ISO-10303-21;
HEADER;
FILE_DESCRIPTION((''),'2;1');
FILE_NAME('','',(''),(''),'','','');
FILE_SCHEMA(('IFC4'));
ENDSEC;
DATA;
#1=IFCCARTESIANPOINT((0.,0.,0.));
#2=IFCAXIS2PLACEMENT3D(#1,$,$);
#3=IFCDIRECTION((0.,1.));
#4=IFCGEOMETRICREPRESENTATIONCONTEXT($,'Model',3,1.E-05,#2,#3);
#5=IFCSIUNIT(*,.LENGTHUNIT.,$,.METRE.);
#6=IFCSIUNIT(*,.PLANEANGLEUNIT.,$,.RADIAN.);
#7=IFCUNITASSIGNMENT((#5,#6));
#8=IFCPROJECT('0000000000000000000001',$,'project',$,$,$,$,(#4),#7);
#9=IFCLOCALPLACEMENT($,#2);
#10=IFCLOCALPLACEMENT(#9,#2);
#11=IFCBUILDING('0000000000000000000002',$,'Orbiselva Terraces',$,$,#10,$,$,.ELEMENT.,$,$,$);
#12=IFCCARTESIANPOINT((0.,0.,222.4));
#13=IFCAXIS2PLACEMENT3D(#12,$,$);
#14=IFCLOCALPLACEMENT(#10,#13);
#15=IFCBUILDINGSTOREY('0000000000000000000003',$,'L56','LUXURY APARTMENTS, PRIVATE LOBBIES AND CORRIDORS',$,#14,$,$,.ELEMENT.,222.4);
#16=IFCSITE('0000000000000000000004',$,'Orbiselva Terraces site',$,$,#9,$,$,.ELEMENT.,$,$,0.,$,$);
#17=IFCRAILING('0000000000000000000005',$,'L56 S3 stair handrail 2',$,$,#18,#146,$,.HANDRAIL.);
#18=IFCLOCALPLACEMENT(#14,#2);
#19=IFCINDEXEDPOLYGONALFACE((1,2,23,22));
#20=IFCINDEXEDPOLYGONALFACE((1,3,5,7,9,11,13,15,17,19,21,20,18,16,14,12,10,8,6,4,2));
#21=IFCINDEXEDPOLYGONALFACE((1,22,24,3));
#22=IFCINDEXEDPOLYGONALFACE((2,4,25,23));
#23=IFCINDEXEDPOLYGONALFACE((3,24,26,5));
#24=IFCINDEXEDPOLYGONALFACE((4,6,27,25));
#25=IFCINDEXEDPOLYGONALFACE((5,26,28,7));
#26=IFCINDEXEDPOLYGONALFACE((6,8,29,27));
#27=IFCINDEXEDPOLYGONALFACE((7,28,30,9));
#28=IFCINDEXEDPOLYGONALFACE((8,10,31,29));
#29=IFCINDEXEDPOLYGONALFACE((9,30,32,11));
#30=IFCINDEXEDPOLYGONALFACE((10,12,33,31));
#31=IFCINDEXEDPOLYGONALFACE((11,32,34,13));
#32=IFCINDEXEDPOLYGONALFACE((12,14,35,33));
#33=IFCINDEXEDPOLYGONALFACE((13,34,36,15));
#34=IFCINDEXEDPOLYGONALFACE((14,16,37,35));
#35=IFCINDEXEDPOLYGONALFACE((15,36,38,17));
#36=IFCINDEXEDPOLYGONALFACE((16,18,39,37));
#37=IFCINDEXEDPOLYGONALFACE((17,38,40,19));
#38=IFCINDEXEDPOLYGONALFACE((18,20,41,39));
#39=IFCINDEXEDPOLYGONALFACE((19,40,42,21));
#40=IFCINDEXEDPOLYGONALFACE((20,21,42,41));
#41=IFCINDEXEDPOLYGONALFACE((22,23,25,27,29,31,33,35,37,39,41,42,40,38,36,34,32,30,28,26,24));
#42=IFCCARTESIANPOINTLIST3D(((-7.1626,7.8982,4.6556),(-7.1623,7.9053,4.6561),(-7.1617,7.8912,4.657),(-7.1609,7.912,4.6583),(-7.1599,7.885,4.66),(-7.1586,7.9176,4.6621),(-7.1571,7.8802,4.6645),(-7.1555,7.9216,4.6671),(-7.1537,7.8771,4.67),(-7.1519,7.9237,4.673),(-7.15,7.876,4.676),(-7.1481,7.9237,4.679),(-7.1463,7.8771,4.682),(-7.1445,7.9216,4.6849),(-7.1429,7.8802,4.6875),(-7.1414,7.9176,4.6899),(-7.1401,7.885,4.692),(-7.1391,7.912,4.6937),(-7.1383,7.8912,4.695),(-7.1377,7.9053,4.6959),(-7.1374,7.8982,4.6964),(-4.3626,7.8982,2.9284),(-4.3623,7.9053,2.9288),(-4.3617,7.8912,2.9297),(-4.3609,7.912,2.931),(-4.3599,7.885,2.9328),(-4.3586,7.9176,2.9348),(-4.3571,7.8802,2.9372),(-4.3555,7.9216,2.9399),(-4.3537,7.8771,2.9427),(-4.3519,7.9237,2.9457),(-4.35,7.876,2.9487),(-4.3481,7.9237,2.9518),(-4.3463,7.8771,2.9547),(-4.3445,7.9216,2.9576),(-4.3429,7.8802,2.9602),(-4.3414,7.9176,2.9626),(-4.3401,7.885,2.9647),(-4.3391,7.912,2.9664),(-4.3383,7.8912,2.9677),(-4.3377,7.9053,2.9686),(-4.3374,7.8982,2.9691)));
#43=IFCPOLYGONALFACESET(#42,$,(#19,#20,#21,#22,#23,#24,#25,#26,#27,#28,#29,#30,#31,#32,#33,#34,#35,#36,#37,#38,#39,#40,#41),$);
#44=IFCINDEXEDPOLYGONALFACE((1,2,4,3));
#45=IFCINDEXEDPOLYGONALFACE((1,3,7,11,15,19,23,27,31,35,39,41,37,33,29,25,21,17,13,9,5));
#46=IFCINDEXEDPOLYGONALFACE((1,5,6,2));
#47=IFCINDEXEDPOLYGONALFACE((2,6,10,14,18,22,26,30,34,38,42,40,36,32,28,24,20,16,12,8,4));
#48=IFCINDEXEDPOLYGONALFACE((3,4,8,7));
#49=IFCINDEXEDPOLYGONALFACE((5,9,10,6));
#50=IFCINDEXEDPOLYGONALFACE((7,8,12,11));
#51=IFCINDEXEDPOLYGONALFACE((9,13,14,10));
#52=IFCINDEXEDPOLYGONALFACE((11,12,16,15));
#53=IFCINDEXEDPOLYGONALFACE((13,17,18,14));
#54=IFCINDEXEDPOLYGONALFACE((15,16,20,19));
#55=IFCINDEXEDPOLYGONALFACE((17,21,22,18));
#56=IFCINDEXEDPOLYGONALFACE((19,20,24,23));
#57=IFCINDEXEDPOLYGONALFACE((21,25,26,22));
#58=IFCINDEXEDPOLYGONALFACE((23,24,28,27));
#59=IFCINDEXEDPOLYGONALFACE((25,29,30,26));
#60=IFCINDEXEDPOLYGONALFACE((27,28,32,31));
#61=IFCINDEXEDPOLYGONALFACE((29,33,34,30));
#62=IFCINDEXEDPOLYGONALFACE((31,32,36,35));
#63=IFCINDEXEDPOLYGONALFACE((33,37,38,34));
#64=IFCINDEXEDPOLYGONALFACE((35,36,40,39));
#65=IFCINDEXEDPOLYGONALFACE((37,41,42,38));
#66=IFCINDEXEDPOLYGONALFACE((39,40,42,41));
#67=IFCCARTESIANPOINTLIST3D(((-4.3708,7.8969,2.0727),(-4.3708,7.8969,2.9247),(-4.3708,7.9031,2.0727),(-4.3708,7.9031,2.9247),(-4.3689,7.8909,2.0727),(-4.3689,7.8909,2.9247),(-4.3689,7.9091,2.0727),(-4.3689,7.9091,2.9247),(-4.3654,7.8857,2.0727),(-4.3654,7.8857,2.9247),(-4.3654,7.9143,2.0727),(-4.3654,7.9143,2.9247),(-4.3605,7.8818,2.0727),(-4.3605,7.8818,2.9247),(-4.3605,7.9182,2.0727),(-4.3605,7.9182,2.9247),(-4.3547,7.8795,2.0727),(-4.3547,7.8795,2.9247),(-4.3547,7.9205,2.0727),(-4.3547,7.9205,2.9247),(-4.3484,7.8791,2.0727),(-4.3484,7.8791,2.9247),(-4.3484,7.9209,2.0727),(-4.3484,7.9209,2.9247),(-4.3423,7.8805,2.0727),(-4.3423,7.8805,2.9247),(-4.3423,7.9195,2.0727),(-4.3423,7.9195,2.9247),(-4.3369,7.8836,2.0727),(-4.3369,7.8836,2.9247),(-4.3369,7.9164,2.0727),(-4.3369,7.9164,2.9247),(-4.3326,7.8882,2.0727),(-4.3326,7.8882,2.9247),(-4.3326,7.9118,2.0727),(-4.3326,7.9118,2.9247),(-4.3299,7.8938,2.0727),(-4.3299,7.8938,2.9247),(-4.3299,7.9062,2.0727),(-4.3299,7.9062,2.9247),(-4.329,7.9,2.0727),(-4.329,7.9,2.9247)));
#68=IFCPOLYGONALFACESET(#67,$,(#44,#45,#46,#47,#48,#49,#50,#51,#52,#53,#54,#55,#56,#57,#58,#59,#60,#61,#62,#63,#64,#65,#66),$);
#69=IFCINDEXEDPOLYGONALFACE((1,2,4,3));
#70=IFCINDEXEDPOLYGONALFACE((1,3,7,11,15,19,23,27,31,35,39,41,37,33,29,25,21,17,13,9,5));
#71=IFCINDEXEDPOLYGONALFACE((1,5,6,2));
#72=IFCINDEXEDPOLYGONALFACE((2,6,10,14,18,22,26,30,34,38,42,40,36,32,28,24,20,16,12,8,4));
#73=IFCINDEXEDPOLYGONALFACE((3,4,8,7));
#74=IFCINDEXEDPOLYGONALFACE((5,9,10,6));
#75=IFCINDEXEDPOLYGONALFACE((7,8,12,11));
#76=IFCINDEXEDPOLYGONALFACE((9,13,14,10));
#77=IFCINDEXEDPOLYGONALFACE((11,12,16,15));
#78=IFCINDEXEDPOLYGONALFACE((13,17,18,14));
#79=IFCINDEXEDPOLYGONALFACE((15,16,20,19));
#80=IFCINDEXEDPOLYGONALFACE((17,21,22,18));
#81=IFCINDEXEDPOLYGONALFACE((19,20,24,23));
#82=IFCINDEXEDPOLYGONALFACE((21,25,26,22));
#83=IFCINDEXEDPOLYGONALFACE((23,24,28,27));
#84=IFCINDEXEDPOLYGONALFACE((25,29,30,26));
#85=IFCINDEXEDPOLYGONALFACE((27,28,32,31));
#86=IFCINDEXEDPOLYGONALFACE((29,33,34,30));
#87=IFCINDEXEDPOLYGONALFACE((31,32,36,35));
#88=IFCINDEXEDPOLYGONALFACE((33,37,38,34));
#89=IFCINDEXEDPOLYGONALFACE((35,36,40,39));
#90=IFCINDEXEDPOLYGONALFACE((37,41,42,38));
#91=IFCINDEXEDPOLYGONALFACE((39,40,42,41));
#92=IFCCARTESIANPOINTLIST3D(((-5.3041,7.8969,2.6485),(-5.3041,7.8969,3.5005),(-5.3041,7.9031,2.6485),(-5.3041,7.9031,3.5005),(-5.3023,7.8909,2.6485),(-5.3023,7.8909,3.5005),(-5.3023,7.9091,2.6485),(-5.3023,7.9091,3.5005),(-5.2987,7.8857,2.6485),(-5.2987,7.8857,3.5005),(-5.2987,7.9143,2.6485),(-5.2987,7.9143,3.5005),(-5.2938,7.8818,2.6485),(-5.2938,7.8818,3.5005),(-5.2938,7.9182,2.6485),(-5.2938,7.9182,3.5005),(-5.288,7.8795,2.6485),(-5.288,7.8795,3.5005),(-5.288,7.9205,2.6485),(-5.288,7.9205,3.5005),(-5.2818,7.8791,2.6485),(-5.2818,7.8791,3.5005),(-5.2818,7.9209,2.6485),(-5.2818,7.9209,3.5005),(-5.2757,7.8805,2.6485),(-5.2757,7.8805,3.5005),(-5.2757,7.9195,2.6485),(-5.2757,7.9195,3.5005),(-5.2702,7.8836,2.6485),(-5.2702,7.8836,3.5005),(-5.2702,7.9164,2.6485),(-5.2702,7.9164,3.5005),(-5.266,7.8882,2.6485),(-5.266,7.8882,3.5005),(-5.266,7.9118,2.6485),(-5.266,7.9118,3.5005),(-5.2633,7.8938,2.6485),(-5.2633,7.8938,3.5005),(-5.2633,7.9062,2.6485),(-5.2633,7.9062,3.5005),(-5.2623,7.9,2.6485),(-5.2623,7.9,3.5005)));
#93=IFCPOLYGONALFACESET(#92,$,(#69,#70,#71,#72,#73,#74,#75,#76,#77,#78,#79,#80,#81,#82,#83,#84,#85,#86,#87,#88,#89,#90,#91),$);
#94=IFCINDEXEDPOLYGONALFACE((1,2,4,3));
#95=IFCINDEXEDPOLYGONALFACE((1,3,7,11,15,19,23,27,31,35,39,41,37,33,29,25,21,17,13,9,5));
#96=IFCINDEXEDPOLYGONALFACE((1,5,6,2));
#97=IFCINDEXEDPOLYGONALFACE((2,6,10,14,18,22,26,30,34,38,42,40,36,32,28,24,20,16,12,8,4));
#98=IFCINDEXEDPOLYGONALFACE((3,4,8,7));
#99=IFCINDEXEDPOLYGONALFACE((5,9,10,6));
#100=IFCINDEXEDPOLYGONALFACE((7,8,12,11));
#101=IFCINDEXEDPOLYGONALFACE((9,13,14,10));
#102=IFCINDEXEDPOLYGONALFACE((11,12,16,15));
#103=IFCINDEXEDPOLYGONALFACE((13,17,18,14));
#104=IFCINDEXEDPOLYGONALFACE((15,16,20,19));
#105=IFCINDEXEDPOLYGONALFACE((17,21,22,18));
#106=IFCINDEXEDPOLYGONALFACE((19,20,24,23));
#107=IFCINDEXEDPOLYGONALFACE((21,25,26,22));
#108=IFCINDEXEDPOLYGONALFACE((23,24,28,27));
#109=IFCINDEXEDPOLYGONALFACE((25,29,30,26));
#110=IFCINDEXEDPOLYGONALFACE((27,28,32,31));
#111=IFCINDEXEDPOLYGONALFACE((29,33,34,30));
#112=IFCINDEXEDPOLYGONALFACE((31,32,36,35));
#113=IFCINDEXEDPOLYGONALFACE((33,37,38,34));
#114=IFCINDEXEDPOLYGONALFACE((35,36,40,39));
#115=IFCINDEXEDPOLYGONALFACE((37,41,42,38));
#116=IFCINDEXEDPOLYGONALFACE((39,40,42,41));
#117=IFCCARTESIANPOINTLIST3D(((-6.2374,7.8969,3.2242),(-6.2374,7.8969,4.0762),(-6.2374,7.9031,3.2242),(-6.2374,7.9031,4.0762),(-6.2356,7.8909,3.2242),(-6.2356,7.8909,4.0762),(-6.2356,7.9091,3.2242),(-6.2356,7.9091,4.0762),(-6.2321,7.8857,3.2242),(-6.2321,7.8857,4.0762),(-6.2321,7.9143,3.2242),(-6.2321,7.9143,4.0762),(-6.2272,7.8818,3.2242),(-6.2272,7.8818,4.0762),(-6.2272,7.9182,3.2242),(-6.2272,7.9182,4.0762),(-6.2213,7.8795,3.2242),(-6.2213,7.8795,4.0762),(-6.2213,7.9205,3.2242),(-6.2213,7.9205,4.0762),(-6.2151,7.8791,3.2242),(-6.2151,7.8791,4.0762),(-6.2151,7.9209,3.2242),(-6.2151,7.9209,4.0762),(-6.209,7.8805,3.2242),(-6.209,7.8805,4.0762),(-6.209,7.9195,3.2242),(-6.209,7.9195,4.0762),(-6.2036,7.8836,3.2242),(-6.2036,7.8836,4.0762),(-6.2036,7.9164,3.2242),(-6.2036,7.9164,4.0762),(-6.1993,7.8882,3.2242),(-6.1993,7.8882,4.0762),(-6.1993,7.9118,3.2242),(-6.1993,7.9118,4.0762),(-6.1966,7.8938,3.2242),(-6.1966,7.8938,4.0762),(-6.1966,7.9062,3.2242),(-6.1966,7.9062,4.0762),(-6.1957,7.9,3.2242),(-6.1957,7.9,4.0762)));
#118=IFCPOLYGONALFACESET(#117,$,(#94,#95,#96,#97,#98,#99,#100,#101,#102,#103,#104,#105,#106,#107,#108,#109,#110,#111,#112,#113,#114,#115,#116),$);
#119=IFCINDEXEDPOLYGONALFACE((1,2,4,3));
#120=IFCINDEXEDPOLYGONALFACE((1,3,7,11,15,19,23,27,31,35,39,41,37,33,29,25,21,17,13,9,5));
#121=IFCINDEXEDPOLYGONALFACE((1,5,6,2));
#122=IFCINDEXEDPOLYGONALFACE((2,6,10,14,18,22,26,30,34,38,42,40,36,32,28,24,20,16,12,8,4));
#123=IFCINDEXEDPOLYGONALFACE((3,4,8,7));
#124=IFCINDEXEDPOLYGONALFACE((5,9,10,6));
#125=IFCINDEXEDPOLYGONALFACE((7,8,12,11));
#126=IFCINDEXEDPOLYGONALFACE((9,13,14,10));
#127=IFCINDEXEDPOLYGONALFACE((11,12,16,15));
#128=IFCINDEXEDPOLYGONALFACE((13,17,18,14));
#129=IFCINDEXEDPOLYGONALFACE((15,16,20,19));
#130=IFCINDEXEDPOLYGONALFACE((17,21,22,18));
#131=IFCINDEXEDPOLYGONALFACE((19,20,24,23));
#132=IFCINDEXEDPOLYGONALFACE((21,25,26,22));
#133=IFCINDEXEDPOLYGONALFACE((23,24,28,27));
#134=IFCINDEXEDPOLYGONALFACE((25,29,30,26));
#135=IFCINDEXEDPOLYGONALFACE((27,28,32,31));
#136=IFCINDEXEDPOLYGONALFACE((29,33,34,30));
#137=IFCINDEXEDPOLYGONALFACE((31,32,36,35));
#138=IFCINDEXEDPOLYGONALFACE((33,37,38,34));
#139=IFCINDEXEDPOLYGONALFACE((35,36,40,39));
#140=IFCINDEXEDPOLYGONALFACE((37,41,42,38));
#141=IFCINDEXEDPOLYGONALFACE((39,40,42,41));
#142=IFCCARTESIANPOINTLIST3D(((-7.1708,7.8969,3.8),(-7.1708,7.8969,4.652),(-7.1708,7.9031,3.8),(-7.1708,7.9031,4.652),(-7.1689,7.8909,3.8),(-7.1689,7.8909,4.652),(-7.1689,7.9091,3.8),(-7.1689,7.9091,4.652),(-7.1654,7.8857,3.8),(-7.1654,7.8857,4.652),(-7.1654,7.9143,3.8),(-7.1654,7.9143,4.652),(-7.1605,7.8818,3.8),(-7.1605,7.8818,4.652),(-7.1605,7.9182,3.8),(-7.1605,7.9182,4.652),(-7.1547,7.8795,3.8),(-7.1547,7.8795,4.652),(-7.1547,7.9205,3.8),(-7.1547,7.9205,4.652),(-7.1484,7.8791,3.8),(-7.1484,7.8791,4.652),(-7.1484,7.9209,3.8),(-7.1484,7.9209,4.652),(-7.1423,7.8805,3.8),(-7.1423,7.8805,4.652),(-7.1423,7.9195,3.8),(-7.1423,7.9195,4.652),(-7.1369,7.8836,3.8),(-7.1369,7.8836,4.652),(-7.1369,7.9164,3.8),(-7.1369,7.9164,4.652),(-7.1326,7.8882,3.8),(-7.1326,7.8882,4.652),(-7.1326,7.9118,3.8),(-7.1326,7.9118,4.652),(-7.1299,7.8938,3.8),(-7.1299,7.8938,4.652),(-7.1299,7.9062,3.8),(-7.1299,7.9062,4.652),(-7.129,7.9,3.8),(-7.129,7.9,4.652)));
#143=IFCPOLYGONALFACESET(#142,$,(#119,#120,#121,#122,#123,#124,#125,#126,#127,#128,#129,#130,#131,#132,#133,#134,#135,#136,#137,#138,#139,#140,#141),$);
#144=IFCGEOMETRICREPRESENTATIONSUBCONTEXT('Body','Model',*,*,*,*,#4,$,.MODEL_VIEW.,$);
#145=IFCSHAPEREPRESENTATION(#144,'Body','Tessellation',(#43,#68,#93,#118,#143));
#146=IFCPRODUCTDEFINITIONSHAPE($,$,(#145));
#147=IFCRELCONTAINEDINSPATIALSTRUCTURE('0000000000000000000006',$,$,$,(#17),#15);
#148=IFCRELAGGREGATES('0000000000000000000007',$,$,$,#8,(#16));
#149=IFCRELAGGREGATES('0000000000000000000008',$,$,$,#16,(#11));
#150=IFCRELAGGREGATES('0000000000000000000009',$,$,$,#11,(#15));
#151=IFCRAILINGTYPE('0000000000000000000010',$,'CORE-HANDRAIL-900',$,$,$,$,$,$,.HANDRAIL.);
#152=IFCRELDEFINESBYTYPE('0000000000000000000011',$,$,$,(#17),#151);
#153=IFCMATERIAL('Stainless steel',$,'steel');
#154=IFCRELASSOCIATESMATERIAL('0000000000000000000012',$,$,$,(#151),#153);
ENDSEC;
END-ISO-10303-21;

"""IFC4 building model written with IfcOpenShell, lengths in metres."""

from ifc_helpers import new_model, si_unit, direction, frame, origin, origin_2d, place, context, subcontext, project, spatial, circle, extrude, material, type_object, element, save


model = new_model("IFC4")

# Units and contexts
model_context = context("Model", 3, precision=1e-05, world=origin(), true_north=direction((0.0, 1.0)))
body_context = subcontext(model_context, "Body", "Model", "MODEL_VIEW")
ifc_project = project(units=[si_unit("LENGTHUNIT", "METRE"), si_unit("PLANEANGLEUNIT", "RADIAN")], contexts=[model_context])

# Site, building, storey
site_placement = place(None, origin())
site = spatial("IfcSite", under=ifc_project, at=site_placement, Name="Orbiselva Terraces site", CompositionType="ELEMENT", RefElevation=0.0)
building_placement = place(site_placement, origin())
building = spatial("IfcBuilding", under=site, at=building_placement, Name="Orbiselva Terraces", CompositionType="ELEMENT")
storey_placement = place(building_placement, frame((0.0, 0.0, 222.4)))
storey = spatial("IfcBuildingStorey", under=building, at=storey_placement, Name="L56", Description="LUXURY APARTMENTS, PRIVATE LOBBIES AND CORRIDORS", CompositionType="ELEMENT", Elevation=222.4)

# Railing
ifc_material_1 = material(Name="Stainless steel", Category="steel")
railing_type_1 = type_object("IfcRailingType", Name="CORE-HANDRAIL-900", PredefinedType="HANDRAIL", material=ifc_material_1)
railing_1_placement = place(storey_placement, frame((-4.35, 7.9, 2.0727)))
element("IfcRailing", 1, at=railing_1_placement, inside=storey, type_object=railing_type_1, Name="L56 S3 stair handrail 2", PredefinedType="HANDRAIL", context=body_context, shape_type="SweptSolid", body=[
    extrude(circle(Radius=0.024, at=origin_2d()), frame((0.0, 0.0, 0.876), z_axis=(-0.851089, 0.0, 0.525022), x_axis=(0.0, -1.0, 0.0)), (0.0, 0.0, 1.0), 3.2899),
    extrude(circle(Radius=0.021, at=origin_2d()), origin(), (0.0, 0.0, 1.0), 0.852),
    extrude(circle(Radius=0.021, at=origin_2d()), frame((-0.9333, 0.0, 0.5758)), (0.0, 0.0, 1.0), 0.852),
    extrude(circle(Radius=0.021, at=origin_2d()), frame((-1.8667, 0.0, 1.1515)), (0.0, 0.0, 1.0), 0.852),
    extrude(circle(Radius=0.021, at=origin_2d()), frame((-2.8, 0.0, 1.7273)), (0.0, 0.0, 1.0), 0.852),
])

save(model, "model.ifc")
